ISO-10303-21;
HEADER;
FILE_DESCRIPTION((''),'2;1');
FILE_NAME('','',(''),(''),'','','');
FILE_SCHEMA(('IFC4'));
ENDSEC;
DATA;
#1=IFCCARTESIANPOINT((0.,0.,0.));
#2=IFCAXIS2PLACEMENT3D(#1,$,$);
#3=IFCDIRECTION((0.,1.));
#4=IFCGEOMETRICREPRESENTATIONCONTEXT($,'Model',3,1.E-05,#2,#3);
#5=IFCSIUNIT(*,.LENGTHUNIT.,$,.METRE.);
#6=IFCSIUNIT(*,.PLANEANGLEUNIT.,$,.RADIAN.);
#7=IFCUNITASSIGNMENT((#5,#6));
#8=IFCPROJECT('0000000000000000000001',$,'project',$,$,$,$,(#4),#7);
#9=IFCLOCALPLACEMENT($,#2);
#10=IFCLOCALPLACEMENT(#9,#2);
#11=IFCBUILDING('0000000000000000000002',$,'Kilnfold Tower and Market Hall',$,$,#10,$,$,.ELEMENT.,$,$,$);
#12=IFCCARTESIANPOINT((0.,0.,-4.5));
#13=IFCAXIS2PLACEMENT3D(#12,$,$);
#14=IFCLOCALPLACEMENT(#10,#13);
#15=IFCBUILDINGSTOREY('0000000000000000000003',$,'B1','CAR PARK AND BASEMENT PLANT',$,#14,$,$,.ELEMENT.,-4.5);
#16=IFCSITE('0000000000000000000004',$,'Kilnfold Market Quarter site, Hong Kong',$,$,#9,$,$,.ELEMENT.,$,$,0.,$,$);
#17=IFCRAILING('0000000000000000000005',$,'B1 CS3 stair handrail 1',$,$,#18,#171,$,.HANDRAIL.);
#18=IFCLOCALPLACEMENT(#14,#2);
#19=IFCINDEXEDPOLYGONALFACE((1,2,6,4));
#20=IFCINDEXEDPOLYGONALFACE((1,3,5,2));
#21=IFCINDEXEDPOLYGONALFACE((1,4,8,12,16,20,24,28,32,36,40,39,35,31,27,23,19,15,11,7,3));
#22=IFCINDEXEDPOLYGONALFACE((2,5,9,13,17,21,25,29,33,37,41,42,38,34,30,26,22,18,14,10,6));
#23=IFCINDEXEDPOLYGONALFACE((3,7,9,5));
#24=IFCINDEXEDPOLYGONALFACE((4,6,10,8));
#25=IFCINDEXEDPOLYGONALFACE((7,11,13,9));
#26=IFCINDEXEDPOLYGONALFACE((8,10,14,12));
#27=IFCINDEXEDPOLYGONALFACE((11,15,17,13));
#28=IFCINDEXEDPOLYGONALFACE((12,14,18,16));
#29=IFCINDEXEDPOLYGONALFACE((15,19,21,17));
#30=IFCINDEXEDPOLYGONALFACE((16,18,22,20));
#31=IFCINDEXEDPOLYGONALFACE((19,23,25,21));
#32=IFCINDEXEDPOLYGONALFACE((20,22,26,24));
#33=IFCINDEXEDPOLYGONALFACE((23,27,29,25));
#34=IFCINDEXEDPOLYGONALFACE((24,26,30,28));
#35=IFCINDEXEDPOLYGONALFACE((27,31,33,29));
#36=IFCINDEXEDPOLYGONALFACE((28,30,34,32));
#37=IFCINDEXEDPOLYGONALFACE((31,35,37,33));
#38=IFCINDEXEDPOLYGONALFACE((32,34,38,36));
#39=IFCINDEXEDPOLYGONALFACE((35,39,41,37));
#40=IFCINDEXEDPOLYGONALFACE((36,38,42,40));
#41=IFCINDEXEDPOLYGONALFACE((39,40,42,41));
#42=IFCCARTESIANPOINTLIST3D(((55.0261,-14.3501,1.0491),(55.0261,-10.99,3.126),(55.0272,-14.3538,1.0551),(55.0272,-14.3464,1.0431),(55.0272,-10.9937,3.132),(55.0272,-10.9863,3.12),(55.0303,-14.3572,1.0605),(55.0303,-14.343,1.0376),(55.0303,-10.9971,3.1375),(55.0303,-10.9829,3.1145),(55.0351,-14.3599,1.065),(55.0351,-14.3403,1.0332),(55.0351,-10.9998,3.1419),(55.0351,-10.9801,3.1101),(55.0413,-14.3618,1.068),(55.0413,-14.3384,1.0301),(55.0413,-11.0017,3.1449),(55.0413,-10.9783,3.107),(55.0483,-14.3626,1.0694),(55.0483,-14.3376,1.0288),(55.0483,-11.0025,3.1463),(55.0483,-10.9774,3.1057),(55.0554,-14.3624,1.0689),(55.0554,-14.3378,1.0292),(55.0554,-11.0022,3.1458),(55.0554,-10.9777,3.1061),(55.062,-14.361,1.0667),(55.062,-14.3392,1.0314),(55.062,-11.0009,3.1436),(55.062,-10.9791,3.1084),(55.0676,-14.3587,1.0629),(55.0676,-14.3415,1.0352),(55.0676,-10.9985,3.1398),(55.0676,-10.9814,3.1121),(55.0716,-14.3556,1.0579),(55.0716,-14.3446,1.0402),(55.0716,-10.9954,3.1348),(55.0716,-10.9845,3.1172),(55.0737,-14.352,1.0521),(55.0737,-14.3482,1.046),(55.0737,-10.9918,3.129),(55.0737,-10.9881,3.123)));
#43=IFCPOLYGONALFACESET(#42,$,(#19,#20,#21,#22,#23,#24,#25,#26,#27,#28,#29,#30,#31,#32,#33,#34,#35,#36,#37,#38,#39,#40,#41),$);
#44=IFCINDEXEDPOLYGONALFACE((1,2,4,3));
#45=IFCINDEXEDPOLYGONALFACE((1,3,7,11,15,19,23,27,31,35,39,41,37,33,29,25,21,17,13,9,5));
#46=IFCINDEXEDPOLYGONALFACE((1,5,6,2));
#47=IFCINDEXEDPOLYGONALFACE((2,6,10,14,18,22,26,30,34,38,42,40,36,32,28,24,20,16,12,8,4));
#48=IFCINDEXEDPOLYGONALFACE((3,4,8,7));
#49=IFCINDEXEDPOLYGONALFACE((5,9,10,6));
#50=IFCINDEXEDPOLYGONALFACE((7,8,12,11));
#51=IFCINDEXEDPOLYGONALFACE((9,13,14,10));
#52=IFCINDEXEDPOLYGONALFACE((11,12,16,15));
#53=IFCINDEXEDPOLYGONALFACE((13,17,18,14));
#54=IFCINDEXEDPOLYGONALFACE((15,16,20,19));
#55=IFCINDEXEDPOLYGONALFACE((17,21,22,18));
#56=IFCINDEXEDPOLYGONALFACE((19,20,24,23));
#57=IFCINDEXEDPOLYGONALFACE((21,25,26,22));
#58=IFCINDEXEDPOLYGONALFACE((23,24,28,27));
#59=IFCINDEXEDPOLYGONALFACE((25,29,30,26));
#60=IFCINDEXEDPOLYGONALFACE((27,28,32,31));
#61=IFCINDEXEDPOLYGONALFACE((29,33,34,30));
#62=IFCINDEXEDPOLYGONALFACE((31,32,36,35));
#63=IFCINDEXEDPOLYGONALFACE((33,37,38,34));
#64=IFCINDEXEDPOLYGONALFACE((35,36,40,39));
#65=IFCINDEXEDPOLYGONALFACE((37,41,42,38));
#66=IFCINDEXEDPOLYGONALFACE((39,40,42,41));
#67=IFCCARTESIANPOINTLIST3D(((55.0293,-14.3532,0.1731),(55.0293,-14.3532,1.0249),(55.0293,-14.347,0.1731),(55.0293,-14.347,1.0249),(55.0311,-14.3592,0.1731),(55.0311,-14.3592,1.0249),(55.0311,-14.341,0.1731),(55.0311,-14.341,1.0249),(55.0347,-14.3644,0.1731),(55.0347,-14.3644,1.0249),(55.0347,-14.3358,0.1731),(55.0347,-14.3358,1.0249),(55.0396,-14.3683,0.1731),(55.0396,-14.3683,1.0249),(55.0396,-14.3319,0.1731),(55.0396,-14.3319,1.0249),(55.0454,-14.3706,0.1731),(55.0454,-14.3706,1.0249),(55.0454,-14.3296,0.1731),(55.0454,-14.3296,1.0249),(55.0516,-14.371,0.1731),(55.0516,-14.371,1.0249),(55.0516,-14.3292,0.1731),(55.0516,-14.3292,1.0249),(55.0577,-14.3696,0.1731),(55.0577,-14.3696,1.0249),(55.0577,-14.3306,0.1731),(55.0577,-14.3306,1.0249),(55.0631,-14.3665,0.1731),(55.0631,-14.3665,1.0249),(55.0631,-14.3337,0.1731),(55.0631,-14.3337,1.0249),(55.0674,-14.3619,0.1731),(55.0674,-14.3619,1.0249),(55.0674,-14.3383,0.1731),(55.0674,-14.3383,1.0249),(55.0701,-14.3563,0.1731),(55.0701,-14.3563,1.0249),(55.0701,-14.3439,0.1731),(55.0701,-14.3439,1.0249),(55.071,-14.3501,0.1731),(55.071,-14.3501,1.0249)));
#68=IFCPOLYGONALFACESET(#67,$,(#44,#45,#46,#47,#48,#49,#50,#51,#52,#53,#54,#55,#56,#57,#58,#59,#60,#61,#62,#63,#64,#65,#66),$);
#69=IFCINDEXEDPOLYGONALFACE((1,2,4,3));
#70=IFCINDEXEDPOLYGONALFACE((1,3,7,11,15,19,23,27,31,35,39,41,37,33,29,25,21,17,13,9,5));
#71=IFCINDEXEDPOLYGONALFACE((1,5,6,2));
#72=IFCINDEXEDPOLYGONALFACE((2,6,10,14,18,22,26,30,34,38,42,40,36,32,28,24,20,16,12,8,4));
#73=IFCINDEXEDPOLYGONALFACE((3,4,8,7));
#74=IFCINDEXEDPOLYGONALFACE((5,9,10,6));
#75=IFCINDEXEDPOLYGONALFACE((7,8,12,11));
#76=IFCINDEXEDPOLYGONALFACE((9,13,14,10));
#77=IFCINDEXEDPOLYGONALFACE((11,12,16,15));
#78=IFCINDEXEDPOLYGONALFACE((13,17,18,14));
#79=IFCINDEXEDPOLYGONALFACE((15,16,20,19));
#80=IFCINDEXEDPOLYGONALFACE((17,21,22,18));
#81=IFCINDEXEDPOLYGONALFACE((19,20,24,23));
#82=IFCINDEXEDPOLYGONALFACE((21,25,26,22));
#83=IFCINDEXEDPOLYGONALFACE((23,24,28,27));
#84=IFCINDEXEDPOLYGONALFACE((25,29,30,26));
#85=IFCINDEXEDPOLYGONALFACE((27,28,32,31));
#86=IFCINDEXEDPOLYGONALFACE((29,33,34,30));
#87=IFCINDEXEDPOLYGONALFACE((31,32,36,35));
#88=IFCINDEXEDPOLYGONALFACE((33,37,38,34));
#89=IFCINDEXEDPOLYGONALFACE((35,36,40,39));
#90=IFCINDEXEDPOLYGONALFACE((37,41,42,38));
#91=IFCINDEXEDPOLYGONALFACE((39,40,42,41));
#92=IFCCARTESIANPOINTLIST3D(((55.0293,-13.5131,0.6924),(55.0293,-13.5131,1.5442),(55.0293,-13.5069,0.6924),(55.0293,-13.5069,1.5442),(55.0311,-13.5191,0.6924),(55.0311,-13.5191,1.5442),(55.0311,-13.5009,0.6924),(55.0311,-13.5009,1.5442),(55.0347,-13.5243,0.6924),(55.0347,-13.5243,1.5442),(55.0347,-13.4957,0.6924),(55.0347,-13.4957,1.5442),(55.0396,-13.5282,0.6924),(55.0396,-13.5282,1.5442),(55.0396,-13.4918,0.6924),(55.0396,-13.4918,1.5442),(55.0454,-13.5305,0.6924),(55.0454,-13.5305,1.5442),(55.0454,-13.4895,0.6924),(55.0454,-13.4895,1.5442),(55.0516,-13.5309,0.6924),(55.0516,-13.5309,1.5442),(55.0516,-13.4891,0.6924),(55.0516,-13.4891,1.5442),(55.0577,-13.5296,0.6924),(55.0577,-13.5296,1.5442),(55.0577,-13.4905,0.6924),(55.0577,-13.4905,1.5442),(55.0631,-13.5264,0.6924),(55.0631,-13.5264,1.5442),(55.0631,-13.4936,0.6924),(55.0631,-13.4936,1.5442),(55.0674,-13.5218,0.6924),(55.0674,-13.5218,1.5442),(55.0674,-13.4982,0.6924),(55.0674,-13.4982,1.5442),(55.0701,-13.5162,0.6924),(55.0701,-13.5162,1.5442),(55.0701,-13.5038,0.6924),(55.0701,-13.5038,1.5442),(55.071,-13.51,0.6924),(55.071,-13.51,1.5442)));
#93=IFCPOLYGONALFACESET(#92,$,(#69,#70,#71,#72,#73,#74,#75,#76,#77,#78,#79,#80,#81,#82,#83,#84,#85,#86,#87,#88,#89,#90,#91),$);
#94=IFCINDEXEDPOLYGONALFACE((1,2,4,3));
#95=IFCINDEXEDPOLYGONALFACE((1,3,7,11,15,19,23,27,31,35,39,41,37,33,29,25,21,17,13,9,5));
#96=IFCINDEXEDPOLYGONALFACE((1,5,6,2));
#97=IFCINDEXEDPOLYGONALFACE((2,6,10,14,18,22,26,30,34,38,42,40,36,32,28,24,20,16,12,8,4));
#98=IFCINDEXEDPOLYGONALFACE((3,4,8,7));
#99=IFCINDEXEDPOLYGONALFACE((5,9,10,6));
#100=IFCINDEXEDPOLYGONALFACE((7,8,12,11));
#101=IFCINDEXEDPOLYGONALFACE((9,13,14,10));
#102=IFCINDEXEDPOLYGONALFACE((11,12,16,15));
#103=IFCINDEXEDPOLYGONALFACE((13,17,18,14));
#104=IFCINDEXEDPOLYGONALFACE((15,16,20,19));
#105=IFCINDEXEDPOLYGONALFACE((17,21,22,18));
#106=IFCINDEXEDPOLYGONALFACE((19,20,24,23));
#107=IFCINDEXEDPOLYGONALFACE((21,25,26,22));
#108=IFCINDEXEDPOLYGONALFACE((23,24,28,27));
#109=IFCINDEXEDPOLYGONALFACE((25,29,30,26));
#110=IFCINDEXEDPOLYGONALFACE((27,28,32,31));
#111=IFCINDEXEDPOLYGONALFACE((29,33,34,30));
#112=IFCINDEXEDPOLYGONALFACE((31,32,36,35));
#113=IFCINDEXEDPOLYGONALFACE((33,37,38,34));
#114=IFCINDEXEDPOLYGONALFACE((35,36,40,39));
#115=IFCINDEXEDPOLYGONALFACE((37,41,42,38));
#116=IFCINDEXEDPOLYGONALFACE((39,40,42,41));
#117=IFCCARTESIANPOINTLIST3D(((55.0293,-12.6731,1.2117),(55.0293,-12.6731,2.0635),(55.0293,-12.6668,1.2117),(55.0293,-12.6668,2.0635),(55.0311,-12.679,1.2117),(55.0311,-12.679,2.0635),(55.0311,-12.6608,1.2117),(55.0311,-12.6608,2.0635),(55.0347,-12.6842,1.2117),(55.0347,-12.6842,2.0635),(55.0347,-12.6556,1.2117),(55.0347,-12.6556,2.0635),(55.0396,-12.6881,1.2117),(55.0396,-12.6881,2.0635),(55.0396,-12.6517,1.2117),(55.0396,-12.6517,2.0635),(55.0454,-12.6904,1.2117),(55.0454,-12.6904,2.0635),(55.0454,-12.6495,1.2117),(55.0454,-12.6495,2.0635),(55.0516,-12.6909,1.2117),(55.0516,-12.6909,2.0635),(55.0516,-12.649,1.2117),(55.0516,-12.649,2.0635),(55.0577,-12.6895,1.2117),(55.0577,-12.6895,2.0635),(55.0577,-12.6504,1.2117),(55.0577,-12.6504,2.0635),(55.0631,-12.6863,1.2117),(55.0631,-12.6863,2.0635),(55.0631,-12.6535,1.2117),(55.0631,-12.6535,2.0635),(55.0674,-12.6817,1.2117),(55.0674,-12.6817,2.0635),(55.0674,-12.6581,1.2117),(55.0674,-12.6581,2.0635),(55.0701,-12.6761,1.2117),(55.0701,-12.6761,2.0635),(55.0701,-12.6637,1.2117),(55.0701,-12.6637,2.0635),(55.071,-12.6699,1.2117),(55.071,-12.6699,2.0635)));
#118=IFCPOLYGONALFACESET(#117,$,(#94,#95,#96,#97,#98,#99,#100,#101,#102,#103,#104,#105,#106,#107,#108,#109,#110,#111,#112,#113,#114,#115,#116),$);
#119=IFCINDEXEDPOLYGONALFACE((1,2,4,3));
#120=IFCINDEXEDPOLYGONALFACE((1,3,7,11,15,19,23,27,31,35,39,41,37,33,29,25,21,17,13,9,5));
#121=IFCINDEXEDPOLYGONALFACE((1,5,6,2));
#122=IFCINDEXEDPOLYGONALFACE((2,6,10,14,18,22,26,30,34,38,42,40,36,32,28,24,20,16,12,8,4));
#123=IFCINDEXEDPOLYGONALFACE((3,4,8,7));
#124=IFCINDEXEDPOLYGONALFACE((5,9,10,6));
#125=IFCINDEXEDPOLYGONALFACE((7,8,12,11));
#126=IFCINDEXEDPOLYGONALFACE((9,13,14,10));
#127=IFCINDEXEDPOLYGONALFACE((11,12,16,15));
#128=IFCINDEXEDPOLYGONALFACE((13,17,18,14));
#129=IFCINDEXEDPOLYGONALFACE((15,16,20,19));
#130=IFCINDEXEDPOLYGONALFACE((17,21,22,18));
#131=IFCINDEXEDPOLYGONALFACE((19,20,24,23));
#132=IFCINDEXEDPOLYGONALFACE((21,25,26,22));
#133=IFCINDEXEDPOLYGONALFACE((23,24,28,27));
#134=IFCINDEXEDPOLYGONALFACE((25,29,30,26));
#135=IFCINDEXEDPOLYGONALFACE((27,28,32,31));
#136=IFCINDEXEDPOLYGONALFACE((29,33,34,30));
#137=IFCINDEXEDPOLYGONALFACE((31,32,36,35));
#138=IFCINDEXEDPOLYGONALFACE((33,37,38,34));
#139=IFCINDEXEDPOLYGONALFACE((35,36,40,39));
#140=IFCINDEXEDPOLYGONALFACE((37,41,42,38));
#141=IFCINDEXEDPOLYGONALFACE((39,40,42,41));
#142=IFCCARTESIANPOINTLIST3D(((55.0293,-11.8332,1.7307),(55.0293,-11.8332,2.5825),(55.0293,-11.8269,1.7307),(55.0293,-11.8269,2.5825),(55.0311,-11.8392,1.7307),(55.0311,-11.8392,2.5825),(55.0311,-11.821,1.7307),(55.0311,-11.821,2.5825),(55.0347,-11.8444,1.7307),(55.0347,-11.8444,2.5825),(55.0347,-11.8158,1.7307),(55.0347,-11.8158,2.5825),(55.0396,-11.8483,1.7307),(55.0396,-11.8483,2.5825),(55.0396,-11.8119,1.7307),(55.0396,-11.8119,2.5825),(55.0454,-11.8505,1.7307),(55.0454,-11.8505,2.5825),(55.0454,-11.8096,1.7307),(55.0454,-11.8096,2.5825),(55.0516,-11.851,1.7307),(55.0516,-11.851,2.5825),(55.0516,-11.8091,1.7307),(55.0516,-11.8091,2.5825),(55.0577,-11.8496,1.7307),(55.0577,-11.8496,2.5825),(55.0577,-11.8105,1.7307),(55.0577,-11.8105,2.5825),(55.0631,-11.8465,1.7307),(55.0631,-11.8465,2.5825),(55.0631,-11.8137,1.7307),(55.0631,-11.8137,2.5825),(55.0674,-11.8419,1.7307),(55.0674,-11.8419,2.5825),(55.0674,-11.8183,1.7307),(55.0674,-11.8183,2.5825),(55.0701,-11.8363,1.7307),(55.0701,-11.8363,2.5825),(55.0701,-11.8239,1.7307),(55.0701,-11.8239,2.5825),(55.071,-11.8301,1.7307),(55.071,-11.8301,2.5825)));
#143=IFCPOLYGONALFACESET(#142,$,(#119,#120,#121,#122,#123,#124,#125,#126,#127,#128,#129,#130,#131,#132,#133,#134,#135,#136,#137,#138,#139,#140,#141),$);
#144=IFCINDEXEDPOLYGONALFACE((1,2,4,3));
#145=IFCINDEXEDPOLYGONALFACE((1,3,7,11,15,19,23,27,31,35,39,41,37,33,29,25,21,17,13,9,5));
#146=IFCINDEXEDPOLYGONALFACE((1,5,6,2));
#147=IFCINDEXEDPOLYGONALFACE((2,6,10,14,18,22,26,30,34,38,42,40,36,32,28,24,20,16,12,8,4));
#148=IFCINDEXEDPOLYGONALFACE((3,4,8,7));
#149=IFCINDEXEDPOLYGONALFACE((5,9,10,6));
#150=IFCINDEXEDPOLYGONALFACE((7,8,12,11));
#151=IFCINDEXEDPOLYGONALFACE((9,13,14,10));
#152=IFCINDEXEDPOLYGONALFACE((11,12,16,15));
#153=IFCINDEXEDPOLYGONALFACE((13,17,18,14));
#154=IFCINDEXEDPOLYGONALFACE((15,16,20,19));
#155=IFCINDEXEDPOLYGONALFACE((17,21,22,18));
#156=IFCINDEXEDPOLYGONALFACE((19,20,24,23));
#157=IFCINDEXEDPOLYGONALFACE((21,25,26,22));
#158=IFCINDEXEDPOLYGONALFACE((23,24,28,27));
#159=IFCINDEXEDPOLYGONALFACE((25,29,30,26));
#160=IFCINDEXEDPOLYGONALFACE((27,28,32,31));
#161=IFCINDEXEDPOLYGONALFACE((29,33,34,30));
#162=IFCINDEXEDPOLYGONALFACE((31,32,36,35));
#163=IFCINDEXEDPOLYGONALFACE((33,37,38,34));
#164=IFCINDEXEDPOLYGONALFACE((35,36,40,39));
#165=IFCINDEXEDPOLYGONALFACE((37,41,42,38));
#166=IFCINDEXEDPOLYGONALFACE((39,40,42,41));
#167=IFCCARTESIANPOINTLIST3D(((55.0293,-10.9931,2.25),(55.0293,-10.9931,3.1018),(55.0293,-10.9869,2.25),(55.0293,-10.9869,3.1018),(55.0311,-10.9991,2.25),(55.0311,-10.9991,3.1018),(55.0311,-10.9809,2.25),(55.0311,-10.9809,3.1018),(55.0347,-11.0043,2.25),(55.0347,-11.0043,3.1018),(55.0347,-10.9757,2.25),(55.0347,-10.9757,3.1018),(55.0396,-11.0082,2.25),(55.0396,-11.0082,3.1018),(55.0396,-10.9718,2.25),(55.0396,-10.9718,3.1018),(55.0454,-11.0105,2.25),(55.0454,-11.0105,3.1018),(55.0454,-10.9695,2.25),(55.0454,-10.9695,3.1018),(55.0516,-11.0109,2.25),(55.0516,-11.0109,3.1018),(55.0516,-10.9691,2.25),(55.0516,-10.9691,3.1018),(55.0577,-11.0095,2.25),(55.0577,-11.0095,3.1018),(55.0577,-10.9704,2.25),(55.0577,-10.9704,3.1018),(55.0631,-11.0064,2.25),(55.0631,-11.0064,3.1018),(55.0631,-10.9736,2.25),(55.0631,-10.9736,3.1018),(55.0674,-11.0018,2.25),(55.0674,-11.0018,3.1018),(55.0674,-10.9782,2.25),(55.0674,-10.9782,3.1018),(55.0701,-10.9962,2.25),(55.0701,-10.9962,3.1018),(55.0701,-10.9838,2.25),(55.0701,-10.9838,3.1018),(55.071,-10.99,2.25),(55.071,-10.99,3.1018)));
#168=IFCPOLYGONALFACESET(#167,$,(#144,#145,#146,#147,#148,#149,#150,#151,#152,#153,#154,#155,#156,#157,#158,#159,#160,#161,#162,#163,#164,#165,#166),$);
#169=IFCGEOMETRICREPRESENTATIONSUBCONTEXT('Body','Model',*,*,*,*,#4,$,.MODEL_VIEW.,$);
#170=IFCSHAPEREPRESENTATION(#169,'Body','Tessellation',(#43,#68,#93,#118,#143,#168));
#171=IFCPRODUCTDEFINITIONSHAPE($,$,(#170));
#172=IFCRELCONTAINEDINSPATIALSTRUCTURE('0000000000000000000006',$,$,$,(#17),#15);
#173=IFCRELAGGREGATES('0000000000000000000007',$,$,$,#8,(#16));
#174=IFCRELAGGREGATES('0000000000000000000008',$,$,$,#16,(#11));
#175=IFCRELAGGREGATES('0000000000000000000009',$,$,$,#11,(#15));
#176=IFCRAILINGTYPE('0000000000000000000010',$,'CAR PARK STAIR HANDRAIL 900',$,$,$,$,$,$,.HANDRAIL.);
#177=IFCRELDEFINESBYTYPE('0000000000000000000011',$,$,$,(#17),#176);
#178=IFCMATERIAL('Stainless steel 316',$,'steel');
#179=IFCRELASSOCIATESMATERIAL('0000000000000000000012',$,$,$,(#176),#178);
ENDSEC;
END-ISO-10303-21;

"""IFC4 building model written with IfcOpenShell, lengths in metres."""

from ifc_helpers import new_model, si_unit, direction, frame, origin, origin_2d, place, context, subcontext, project, spatial, circle, extrude, material, type_object, element, save


model = new_model("IFC4")

# Units and contexts
model_context = context("Model", 3, precision=1e-05, world=origin(), true_north=direction((0.0, 1.0)))
body_context = subcontext(model_context, "Body", "Model", "MODEL_VIEW")
ifc_project = project(units=[si_unit("LENGTHUNIT", "METRE"), si_unit("PLANEANGLEUNIT", "RADIAN")], contexts=[model_context])

# Site, building, storey
site_placement = place(None, origin())
site = spatial("IfcSite", under=ifc_project, at=site_placement, Name="Kilnfold Market Quarter site, Hong Kong", CompositionType="ELEMENT", RefElevation=0.0)
building_placement = place(site_placement, origin())
building = spatial("IfcBuilding", under=site, at=building_placement, Name="Kilnfold Tower and Market Hall", CompositionType="ELEMENT")
storey_placement = place(building_placement, frame((0.0, 0.0, -4.5)))
storey = spatial("IfcBuildingStorey", under=building, at=storey_placement, Name="B1", Description="CAR PARK AND BASEMENT PLANT", CompositionType="ELEMENT", Elevation=-4.5)

# Railing
ifc_material_1 = material(Name="Stainless steel 316", Category="steel")
railing_type_1 = type_object("IfcRailingType", Name="CAR PARK STAIR HANDRAIL 900", PredefinedType="HANDRAIL", material=ifc_material_1)
railing_1_placement = place(storey_placement, frame((55.05, -14.3501, 0.1731)))
element("IfcRailing", 1, at=railing_1_placement, inside=storey, type_object=railing_type_1, Name="B1 CS3 stair handrail 1", PredefinedType="HANDRAIL", context=body_context, shape_type="SweptSolid", body=[
    extrude(circle(Radius=0.0239, at=origin_2d()), frame((0.0, 0.0, 0.876), z_axis=(0.0, 0.850623, 0.525776), x_axis=(-1.0, 0.0, 0.0)), (0.0, 0.0, 1.0), 3.9502),
    extrude(circle(Radius=0.021, at=origin_2d()), origin(), (0.0, 0.0, 1.0), 0.8518),
    extrude(circle(Radius=0.021, at=origin_2d()), frame((0.0, 0.8401, 0.5193)), (0.0, 0.0, 1.0), 0.8518),
    extrude(circle(Radius=0.021, at=origin_2d()), frame((0.0, 1.6802, 1.0386)), (0.0, 0.0, 1.0), 0.8518),
    extrude(circle(Radius=0.021, at=origin_2d()), frame((0.0, 2.52, 1.5576)), (0.0, 0.0, 1.0), 0.8518),
    extrude(circle(Radius=0.021, at=origin_2d()), frame((0.0, 3.3601, 2.0769)), (0.0, 0.0, 1.0), 0.8518),
])

save(model, "model.ifc")
